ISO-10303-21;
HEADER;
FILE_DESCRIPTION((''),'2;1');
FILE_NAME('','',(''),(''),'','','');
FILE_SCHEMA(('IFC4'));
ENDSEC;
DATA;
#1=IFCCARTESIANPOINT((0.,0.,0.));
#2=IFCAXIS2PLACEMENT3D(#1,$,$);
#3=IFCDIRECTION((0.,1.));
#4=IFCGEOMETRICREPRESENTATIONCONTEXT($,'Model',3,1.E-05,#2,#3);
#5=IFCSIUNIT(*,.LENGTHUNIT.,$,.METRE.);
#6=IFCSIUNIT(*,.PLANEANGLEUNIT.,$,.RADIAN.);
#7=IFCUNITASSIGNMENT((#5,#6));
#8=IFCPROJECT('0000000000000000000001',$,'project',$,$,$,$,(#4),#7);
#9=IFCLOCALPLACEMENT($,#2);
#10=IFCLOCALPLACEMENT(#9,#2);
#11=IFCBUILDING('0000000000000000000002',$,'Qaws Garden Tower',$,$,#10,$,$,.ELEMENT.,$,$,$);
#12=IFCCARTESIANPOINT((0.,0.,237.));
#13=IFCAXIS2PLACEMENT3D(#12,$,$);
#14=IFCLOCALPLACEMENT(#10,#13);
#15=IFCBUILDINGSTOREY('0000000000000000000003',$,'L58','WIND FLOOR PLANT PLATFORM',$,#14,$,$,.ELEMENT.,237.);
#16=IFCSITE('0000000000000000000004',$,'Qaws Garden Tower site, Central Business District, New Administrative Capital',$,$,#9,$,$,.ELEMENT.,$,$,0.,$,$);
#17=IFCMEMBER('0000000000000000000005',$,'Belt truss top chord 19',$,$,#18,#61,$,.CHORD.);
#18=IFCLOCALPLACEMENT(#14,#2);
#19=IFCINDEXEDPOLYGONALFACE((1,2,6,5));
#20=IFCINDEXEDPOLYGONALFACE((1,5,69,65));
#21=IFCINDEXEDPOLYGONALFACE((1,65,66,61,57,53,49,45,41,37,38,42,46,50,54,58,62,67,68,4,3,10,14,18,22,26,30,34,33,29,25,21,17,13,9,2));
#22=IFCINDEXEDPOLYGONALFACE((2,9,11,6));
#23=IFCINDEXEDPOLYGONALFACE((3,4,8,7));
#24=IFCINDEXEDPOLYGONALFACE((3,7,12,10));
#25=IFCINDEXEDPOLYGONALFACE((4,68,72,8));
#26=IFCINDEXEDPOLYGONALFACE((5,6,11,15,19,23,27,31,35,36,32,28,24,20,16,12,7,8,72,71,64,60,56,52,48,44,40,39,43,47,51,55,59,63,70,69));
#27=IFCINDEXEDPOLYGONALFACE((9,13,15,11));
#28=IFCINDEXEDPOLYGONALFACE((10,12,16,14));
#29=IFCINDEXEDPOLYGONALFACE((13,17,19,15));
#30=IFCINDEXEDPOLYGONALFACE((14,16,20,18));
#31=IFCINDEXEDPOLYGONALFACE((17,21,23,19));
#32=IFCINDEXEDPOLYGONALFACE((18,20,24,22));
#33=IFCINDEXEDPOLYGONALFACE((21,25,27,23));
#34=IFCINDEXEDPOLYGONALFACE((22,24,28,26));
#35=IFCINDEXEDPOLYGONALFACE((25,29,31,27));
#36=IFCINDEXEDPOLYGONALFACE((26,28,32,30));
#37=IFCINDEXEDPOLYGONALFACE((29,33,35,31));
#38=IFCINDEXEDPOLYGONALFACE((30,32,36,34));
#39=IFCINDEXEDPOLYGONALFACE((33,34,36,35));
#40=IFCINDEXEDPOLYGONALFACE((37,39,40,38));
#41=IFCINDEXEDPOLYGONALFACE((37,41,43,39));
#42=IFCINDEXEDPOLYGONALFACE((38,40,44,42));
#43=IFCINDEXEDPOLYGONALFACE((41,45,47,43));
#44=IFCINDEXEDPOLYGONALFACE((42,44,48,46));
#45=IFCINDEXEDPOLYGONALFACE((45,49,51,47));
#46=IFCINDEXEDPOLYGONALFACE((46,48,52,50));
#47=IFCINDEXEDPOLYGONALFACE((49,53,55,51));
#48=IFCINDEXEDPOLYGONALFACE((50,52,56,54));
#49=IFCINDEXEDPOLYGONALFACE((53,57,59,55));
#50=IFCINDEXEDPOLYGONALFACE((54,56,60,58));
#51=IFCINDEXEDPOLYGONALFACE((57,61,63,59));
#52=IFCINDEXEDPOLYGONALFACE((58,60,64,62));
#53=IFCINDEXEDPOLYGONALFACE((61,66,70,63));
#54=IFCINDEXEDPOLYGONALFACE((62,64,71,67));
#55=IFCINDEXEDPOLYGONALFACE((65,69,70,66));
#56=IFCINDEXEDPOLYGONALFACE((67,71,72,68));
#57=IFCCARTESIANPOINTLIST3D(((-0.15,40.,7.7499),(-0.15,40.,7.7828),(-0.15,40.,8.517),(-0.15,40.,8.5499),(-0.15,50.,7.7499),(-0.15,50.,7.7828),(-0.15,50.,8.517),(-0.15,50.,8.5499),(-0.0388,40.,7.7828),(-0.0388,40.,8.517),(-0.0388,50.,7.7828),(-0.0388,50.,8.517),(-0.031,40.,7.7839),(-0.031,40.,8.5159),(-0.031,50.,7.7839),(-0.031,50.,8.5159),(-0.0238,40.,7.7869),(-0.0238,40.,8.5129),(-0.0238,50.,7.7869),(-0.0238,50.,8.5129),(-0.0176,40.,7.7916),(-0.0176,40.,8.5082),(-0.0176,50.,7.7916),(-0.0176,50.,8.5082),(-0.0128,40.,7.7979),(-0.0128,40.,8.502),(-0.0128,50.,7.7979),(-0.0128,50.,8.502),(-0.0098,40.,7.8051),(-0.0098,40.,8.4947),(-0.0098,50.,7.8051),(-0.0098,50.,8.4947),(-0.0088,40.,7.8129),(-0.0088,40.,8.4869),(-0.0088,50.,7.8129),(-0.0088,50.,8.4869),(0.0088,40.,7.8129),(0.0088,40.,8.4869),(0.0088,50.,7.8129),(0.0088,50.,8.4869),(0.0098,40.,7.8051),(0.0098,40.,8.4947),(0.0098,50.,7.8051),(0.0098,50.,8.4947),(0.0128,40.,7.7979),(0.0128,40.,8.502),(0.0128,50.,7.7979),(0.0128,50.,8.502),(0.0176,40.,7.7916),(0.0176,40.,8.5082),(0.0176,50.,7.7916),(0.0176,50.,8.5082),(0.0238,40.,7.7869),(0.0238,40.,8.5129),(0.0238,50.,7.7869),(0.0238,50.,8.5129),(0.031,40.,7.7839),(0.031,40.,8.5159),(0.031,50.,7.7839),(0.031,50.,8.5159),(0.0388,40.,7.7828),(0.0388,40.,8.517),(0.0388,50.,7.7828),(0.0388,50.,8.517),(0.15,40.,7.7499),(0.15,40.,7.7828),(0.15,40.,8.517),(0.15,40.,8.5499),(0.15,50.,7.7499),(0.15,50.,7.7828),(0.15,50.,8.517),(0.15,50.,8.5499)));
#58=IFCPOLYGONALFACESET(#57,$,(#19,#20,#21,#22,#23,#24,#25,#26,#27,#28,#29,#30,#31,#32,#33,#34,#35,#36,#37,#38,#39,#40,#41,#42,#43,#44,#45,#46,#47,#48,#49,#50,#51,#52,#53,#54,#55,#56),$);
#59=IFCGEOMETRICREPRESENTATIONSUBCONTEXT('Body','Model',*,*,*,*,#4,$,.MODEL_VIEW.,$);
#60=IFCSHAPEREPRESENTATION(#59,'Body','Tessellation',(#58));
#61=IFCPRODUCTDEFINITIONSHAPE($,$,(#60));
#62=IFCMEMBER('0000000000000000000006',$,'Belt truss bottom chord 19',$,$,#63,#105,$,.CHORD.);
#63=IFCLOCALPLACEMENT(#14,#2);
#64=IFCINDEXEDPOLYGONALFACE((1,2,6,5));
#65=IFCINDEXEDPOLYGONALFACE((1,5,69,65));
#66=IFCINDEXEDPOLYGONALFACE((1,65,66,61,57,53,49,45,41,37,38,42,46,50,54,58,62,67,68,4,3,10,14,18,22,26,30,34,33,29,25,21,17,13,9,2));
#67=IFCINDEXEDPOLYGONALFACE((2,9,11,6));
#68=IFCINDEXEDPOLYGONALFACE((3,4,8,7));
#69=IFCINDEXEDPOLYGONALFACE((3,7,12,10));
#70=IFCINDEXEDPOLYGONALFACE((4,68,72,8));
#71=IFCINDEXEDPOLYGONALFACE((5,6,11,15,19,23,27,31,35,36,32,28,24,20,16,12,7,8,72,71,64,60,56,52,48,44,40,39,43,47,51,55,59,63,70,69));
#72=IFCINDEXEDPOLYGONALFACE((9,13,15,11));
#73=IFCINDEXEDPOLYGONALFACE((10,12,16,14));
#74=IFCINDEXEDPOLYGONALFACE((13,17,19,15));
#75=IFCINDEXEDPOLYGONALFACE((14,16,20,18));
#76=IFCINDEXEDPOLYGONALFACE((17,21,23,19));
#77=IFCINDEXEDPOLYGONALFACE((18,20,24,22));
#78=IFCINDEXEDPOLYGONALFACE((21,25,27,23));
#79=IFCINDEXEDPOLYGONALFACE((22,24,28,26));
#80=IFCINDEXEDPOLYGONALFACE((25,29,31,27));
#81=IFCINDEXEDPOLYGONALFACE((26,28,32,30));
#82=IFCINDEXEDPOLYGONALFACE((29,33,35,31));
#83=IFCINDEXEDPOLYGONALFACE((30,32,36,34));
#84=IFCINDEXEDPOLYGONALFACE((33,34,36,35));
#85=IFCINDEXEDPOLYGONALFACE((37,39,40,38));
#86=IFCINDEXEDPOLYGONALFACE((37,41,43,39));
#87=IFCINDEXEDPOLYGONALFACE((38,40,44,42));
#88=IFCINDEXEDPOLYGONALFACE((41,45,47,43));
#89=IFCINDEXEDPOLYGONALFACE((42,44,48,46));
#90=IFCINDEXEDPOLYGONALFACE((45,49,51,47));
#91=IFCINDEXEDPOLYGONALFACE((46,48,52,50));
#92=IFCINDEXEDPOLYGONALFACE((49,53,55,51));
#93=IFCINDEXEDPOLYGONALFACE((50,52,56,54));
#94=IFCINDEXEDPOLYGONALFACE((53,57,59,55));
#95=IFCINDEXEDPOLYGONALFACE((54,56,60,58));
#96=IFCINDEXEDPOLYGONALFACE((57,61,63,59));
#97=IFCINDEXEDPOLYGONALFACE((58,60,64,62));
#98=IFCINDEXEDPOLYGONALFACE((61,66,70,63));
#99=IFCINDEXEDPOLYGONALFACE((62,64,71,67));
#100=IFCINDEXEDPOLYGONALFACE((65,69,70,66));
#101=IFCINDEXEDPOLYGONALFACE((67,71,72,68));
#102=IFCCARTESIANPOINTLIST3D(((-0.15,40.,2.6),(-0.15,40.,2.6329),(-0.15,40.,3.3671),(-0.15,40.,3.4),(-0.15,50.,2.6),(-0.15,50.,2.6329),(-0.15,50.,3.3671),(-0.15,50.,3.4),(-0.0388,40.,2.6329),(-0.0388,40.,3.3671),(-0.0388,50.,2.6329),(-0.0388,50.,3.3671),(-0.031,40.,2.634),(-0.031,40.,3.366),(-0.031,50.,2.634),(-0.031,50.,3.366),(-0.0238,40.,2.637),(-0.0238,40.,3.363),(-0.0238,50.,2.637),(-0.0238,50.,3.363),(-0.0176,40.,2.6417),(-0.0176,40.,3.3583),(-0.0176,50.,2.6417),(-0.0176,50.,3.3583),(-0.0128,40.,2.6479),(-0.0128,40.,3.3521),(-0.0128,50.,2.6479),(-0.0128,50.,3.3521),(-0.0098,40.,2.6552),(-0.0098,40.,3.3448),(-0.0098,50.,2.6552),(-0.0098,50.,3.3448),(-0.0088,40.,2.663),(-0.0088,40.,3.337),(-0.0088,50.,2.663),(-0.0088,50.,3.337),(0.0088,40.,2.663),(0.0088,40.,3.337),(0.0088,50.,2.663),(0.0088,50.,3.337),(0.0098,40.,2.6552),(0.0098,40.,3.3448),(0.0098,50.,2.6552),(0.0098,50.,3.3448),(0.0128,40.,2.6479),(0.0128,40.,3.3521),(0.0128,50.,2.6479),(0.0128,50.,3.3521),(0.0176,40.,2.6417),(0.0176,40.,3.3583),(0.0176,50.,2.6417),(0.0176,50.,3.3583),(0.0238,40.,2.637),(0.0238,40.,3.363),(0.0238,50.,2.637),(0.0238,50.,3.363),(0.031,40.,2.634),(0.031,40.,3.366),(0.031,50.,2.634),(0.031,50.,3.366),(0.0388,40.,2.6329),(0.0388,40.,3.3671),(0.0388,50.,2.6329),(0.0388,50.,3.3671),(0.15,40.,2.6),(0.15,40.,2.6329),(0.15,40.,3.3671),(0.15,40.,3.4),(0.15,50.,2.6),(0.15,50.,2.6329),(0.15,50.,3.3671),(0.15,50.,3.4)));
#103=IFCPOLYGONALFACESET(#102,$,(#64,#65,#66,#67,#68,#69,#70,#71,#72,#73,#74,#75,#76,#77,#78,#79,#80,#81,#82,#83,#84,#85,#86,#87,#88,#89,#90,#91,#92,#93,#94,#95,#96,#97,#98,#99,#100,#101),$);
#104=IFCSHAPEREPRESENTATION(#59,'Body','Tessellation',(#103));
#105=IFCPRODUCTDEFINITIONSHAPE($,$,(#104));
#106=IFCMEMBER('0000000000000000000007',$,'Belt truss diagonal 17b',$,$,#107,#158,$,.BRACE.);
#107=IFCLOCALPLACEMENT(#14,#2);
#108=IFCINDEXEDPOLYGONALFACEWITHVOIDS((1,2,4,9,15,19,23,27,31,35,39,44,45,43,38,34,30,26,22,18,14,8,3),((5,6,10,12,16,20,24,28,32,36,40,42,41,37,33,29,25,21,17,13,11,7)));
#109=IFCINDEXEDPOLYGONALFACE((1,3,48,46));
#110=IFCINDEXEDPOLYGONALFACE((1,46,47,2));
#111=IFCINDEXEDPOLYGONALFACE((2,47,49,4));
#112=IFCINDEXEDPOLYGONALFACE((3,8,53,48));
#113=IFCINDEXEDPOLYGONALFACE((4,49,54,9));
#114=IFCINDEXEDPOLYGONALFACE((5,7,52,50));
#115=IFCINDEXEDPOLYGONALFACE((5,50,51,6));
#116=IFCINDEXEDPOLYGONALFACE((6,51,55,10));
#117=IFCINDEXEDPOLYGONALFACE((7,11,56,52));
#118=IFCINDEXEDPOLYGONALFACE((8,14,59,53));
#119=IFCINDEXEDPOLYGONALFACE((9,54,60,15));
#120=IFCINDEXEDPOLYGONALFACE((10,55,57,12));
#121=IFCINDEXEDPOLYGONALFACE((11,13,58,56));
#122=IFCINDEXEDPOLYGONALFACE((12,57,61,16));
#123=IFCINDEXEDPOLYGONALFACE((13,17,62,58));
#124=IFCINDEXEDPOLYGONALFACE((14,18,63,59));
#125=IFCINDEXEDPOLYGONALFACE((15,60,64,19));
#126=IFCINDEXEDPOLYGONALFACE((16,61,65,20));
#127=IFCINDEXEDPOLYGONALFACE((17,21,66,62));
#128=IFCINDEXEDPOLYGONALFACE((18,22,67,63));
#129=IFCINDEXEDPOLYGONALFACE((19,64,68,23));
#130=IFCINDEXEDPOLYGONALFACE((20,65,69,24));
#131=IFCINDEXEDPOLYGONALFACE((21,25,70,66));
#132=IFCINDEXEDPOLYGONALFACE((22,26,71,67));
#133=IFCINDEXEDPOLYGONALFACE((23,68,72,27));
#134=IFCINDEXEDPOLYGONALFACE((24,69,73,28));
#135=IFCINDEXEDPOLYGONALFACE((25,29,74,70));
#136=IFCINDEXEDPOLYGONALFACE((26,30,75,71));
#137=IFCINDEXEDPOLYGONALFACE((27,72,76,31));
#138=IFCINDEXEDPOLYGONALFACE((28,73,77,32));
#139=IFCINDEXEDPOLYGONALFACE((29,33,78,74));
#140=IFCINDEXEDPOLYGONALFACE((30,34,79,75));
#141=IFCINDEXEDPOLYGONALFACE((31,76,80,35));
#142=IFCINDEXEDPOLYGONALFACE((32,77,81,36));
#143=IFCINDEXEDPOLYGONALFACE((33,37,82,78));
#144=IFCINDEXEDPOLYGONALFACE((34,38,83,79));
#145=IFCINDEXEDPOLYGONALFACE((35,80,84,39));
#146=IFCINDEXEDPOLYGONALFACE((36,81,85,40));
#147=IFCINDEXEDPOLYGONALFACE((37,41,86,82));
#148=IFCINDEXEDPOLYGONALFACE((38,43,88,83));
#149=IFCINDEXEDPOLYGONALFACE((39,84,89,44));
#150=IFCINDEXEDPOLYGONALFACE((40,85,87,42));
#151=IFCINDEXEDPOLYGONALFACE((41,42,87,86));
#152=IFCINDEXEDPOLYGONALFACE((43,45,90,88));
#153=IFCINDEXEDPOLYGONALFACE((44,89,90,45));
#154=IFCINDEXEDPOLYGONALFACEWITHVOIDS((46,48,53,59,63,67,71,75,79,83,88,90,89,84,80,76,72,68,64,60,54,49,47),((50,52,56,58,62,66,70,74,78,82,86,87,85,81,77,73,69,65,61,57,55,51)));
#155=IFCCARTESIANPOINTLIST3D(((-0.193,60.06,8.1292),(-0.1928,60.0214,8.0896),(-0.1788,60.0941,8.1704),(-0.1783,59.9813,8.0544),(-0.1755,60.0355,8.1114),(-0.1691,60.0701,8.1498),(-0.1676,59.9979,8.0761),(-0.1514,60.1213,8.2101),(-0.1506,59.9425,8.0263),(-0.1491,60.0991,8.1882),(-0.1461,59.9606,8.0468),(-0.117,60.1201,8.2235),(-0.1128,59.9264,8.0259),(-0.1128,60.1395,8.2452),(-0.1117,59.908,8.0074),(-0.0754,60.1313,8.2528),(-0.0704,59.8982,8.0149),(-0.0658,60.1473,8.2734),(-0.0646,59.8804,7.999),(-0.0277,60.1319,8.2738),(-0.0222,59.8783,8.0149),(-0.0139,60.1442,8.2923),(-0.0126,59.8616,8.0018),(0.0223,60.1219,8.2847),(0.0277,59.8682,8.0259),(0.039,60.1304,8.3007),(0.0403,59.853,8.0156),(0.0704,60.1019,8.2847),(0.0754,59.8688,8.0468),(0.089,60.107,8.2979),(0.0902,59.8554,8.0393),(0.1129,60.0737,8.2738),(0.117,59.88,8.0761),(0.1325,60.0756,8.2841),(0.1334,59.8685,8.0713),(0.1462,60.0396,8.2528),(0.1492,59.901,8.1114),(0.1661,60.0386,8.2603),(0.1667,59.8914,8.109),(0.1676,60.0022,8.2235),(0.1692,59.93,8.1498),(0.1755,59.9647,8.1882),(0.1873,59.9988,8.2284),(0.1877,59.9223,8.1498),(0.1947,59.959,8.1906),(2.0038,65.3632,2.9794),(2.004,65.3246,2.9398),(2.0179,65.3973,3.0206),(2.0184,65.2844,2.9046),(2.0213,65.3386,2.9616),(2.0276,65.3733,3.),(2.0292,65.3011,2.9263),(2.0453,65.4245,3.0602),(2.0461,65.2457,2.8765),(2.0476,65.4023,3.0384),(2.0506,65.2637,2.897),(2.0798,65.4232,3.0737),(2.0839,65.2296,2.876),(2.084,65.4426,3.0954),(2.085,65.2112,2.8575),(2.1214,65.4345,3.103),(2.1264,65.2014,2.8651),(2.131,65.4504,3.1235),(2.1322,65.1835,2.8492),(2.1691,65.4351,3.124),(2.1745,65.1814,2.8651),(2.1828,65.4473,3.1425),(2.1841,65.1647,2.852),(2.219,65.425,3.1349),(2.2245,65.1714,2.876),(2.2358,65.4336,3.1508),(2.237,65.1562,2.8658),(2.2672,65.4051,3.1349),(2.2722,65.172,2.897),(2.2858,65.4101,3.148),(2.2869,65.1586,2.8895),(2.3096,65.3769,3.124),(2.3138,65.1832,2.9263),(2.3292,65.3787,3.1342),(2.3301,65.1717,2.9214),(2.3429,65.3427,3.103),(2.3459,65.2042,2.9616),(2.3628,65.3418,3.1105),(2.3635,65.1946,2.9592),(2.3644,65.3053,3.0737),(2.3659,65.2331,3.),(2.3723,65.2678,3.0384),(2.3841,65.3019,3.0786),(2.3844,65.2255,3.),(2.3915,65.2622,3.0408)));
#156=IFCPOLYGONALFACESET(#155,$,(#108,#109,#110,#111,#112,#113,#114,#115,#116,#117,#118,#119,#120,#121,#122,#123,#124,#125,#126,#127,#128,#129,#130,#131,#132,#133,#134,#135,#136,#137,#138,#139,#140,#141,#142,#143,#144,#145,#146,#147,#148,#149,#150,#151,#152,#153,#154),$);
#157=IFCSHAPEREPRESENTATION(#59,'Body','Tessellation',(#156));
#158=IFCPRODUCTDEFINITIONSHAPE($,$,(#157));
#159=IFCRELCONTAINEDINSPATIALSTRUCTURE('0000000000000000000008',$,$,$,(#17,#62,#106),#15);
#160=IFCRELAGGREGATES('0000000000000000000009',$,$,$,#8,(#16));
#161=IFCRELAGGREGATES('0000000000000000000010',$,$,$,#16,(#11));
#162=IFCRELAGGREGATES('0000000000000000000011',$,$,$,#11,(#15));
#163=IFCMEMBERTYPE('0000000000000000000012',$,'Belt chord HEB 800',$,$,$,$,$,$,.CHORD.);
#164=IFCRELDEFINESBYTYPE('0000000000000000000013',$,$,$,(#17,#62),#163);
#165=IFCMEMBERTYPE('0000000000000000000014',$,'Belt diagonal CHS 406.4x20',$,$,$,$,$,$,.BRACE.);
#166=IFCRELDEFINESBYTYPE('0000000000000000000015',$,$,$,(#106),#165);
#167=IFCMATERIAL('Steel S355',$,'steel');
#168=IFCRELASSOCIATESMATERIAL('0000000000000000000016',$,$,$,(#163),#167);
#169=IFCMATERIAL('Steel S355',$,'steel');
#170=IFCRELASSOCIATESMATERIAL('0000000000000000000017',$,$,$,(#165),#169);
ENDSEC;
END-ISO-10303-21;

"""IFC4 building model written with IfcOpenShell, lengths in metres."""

from ifc_helpers import new_model, si_unit, direction, frame, origin, origin_2d, place, context, subcontext, project, spatial, hollow_circle, i_section, extrude, material, material_profile, profile_set, type_object, element, save


model = new_model("IFC4")

# Units and contexts
model_context = context("Model", 3, precision=1e-05, world=origin(), true_north=direction((0.0, 1.0)))
body_context = subcontext(model_context, "Body", "Model", "MODEL_VIEW")
ifc_project = project(units=[si_unit("LENGTHUNIT", "METRE"), si_unit("PLANEANGLEUNIT", "RADIAN")], contexts=[model_context])

# Site, building, storey
site_placement = place(None, origin())
site = spatial("IfcSite", under=ifc_project, at=site_placement, Name="Qaws Garden Tower site, Central Business District, New Administrative Capital", CompositionType="ELEMENT", RefElevation=0.0)
building_placement = place(site_placement, origin())
building = spatial("IfcBuilding", under=site, at=building_placement, Name="Qaws Garden Tower", CompositionType="ELEMENT")
storey_placement = place(building_placement, frame((0.0, 0.0, 237.0)))
storey = spatial("IfcBuildingStorey", under=building, at=storey_placement, Name="L58", Description="WIND FLOOR PLANT PLATFORM", CompositionType="ELEMENT", Elevation=237.0)

# Members
ifc_material_1 = material(Name="Steel S355", Category="steel")
ifc_material_profile_1 = material_profile(ifc_material_1, i_section(OverallWidth=0.3, OverallDepth=0.8, WebThickness=0.0176, FlangeThickness=0.033, FilletRadius=0.03, at=origin_2d()), Name="HEB 800")
ifc_profile_set_1 = profile_set([ifc_material_profile_1], Name="Steel S355")
member_type_1 = type_object("IfcMemberType", Name="Belt chord HEB 800", PredefinedType="CHORD", material=ifc_profile_set_1)
for number, where, z_axis, x_axis, name in (
    (1, (0.0, 50.0, 8.1499), (0.0, -1.0, 0.0), (1.0, 0.0, 0.0), "Belt truss top chord 19"),
    (2, (0.0, 50.0, 3.0), (0.0, -1.0, 0.0), (1.0, 0.0, 0.0), "Belt truss bottom chord 19"),
):
    element("IfcMember", number, at=place(storey_placement, frame(where, z_axis=z_axis, x_axis=x_axis)), inside=storey, type_object=member_type_1, Name=name, PredefinedType="CHORD", context=body_context, shape_type="SweptSolid", body=[
        extrude(i_section(OverallWidth=0.3, OverallDepth=0.8, WebThickness=0.0176, FlangeThickness=0.033, FilletRadius=0.03, at=origin_2d()), origin(), (0.0, 0.0, 1.0), 10.0),
    ])
ifc_material_2 = material(Name="Steel S355", Category="steel")
ifc_material_profile_2 = material_profile(ifc_material_2, hollow_circle(Radius=0.2031, WallThickness=0.02, at=origin_2d()), Name="CHS 406.4x20")
ifc_profile_set_2 = profile_set([ifc_material_profile_2], Name="Steel S355")
member_type_2 = type_object("IfcMemberType", Name="Belt diagonal CHS 406.4x20", PredefinedType="BRACE", material=ifc_profile_set_2)
member_1_placement = place(storey_placement, frame((2.1968, 65.3032, 3.0), z_axis=(-0.28486, -0.687678, 0.667797), x_axis=(0.923873, -0.3827, 0.0)))
element("IfcMember", 3, at=member_1_placement, inside=storey, type_object=member_type_2, Name="Belt truss diagonal 17b", PredefinedType="BRACE", context=body_context, shape_type="SweptSolid", body=[
    extrude(hollow_circle(Radius=0.2031, WallThickness=0.02, at=origin_2d()), origin(), (0.0, 0.0, 1.0), 7.7117),
])

save(model, "model.ifc")
